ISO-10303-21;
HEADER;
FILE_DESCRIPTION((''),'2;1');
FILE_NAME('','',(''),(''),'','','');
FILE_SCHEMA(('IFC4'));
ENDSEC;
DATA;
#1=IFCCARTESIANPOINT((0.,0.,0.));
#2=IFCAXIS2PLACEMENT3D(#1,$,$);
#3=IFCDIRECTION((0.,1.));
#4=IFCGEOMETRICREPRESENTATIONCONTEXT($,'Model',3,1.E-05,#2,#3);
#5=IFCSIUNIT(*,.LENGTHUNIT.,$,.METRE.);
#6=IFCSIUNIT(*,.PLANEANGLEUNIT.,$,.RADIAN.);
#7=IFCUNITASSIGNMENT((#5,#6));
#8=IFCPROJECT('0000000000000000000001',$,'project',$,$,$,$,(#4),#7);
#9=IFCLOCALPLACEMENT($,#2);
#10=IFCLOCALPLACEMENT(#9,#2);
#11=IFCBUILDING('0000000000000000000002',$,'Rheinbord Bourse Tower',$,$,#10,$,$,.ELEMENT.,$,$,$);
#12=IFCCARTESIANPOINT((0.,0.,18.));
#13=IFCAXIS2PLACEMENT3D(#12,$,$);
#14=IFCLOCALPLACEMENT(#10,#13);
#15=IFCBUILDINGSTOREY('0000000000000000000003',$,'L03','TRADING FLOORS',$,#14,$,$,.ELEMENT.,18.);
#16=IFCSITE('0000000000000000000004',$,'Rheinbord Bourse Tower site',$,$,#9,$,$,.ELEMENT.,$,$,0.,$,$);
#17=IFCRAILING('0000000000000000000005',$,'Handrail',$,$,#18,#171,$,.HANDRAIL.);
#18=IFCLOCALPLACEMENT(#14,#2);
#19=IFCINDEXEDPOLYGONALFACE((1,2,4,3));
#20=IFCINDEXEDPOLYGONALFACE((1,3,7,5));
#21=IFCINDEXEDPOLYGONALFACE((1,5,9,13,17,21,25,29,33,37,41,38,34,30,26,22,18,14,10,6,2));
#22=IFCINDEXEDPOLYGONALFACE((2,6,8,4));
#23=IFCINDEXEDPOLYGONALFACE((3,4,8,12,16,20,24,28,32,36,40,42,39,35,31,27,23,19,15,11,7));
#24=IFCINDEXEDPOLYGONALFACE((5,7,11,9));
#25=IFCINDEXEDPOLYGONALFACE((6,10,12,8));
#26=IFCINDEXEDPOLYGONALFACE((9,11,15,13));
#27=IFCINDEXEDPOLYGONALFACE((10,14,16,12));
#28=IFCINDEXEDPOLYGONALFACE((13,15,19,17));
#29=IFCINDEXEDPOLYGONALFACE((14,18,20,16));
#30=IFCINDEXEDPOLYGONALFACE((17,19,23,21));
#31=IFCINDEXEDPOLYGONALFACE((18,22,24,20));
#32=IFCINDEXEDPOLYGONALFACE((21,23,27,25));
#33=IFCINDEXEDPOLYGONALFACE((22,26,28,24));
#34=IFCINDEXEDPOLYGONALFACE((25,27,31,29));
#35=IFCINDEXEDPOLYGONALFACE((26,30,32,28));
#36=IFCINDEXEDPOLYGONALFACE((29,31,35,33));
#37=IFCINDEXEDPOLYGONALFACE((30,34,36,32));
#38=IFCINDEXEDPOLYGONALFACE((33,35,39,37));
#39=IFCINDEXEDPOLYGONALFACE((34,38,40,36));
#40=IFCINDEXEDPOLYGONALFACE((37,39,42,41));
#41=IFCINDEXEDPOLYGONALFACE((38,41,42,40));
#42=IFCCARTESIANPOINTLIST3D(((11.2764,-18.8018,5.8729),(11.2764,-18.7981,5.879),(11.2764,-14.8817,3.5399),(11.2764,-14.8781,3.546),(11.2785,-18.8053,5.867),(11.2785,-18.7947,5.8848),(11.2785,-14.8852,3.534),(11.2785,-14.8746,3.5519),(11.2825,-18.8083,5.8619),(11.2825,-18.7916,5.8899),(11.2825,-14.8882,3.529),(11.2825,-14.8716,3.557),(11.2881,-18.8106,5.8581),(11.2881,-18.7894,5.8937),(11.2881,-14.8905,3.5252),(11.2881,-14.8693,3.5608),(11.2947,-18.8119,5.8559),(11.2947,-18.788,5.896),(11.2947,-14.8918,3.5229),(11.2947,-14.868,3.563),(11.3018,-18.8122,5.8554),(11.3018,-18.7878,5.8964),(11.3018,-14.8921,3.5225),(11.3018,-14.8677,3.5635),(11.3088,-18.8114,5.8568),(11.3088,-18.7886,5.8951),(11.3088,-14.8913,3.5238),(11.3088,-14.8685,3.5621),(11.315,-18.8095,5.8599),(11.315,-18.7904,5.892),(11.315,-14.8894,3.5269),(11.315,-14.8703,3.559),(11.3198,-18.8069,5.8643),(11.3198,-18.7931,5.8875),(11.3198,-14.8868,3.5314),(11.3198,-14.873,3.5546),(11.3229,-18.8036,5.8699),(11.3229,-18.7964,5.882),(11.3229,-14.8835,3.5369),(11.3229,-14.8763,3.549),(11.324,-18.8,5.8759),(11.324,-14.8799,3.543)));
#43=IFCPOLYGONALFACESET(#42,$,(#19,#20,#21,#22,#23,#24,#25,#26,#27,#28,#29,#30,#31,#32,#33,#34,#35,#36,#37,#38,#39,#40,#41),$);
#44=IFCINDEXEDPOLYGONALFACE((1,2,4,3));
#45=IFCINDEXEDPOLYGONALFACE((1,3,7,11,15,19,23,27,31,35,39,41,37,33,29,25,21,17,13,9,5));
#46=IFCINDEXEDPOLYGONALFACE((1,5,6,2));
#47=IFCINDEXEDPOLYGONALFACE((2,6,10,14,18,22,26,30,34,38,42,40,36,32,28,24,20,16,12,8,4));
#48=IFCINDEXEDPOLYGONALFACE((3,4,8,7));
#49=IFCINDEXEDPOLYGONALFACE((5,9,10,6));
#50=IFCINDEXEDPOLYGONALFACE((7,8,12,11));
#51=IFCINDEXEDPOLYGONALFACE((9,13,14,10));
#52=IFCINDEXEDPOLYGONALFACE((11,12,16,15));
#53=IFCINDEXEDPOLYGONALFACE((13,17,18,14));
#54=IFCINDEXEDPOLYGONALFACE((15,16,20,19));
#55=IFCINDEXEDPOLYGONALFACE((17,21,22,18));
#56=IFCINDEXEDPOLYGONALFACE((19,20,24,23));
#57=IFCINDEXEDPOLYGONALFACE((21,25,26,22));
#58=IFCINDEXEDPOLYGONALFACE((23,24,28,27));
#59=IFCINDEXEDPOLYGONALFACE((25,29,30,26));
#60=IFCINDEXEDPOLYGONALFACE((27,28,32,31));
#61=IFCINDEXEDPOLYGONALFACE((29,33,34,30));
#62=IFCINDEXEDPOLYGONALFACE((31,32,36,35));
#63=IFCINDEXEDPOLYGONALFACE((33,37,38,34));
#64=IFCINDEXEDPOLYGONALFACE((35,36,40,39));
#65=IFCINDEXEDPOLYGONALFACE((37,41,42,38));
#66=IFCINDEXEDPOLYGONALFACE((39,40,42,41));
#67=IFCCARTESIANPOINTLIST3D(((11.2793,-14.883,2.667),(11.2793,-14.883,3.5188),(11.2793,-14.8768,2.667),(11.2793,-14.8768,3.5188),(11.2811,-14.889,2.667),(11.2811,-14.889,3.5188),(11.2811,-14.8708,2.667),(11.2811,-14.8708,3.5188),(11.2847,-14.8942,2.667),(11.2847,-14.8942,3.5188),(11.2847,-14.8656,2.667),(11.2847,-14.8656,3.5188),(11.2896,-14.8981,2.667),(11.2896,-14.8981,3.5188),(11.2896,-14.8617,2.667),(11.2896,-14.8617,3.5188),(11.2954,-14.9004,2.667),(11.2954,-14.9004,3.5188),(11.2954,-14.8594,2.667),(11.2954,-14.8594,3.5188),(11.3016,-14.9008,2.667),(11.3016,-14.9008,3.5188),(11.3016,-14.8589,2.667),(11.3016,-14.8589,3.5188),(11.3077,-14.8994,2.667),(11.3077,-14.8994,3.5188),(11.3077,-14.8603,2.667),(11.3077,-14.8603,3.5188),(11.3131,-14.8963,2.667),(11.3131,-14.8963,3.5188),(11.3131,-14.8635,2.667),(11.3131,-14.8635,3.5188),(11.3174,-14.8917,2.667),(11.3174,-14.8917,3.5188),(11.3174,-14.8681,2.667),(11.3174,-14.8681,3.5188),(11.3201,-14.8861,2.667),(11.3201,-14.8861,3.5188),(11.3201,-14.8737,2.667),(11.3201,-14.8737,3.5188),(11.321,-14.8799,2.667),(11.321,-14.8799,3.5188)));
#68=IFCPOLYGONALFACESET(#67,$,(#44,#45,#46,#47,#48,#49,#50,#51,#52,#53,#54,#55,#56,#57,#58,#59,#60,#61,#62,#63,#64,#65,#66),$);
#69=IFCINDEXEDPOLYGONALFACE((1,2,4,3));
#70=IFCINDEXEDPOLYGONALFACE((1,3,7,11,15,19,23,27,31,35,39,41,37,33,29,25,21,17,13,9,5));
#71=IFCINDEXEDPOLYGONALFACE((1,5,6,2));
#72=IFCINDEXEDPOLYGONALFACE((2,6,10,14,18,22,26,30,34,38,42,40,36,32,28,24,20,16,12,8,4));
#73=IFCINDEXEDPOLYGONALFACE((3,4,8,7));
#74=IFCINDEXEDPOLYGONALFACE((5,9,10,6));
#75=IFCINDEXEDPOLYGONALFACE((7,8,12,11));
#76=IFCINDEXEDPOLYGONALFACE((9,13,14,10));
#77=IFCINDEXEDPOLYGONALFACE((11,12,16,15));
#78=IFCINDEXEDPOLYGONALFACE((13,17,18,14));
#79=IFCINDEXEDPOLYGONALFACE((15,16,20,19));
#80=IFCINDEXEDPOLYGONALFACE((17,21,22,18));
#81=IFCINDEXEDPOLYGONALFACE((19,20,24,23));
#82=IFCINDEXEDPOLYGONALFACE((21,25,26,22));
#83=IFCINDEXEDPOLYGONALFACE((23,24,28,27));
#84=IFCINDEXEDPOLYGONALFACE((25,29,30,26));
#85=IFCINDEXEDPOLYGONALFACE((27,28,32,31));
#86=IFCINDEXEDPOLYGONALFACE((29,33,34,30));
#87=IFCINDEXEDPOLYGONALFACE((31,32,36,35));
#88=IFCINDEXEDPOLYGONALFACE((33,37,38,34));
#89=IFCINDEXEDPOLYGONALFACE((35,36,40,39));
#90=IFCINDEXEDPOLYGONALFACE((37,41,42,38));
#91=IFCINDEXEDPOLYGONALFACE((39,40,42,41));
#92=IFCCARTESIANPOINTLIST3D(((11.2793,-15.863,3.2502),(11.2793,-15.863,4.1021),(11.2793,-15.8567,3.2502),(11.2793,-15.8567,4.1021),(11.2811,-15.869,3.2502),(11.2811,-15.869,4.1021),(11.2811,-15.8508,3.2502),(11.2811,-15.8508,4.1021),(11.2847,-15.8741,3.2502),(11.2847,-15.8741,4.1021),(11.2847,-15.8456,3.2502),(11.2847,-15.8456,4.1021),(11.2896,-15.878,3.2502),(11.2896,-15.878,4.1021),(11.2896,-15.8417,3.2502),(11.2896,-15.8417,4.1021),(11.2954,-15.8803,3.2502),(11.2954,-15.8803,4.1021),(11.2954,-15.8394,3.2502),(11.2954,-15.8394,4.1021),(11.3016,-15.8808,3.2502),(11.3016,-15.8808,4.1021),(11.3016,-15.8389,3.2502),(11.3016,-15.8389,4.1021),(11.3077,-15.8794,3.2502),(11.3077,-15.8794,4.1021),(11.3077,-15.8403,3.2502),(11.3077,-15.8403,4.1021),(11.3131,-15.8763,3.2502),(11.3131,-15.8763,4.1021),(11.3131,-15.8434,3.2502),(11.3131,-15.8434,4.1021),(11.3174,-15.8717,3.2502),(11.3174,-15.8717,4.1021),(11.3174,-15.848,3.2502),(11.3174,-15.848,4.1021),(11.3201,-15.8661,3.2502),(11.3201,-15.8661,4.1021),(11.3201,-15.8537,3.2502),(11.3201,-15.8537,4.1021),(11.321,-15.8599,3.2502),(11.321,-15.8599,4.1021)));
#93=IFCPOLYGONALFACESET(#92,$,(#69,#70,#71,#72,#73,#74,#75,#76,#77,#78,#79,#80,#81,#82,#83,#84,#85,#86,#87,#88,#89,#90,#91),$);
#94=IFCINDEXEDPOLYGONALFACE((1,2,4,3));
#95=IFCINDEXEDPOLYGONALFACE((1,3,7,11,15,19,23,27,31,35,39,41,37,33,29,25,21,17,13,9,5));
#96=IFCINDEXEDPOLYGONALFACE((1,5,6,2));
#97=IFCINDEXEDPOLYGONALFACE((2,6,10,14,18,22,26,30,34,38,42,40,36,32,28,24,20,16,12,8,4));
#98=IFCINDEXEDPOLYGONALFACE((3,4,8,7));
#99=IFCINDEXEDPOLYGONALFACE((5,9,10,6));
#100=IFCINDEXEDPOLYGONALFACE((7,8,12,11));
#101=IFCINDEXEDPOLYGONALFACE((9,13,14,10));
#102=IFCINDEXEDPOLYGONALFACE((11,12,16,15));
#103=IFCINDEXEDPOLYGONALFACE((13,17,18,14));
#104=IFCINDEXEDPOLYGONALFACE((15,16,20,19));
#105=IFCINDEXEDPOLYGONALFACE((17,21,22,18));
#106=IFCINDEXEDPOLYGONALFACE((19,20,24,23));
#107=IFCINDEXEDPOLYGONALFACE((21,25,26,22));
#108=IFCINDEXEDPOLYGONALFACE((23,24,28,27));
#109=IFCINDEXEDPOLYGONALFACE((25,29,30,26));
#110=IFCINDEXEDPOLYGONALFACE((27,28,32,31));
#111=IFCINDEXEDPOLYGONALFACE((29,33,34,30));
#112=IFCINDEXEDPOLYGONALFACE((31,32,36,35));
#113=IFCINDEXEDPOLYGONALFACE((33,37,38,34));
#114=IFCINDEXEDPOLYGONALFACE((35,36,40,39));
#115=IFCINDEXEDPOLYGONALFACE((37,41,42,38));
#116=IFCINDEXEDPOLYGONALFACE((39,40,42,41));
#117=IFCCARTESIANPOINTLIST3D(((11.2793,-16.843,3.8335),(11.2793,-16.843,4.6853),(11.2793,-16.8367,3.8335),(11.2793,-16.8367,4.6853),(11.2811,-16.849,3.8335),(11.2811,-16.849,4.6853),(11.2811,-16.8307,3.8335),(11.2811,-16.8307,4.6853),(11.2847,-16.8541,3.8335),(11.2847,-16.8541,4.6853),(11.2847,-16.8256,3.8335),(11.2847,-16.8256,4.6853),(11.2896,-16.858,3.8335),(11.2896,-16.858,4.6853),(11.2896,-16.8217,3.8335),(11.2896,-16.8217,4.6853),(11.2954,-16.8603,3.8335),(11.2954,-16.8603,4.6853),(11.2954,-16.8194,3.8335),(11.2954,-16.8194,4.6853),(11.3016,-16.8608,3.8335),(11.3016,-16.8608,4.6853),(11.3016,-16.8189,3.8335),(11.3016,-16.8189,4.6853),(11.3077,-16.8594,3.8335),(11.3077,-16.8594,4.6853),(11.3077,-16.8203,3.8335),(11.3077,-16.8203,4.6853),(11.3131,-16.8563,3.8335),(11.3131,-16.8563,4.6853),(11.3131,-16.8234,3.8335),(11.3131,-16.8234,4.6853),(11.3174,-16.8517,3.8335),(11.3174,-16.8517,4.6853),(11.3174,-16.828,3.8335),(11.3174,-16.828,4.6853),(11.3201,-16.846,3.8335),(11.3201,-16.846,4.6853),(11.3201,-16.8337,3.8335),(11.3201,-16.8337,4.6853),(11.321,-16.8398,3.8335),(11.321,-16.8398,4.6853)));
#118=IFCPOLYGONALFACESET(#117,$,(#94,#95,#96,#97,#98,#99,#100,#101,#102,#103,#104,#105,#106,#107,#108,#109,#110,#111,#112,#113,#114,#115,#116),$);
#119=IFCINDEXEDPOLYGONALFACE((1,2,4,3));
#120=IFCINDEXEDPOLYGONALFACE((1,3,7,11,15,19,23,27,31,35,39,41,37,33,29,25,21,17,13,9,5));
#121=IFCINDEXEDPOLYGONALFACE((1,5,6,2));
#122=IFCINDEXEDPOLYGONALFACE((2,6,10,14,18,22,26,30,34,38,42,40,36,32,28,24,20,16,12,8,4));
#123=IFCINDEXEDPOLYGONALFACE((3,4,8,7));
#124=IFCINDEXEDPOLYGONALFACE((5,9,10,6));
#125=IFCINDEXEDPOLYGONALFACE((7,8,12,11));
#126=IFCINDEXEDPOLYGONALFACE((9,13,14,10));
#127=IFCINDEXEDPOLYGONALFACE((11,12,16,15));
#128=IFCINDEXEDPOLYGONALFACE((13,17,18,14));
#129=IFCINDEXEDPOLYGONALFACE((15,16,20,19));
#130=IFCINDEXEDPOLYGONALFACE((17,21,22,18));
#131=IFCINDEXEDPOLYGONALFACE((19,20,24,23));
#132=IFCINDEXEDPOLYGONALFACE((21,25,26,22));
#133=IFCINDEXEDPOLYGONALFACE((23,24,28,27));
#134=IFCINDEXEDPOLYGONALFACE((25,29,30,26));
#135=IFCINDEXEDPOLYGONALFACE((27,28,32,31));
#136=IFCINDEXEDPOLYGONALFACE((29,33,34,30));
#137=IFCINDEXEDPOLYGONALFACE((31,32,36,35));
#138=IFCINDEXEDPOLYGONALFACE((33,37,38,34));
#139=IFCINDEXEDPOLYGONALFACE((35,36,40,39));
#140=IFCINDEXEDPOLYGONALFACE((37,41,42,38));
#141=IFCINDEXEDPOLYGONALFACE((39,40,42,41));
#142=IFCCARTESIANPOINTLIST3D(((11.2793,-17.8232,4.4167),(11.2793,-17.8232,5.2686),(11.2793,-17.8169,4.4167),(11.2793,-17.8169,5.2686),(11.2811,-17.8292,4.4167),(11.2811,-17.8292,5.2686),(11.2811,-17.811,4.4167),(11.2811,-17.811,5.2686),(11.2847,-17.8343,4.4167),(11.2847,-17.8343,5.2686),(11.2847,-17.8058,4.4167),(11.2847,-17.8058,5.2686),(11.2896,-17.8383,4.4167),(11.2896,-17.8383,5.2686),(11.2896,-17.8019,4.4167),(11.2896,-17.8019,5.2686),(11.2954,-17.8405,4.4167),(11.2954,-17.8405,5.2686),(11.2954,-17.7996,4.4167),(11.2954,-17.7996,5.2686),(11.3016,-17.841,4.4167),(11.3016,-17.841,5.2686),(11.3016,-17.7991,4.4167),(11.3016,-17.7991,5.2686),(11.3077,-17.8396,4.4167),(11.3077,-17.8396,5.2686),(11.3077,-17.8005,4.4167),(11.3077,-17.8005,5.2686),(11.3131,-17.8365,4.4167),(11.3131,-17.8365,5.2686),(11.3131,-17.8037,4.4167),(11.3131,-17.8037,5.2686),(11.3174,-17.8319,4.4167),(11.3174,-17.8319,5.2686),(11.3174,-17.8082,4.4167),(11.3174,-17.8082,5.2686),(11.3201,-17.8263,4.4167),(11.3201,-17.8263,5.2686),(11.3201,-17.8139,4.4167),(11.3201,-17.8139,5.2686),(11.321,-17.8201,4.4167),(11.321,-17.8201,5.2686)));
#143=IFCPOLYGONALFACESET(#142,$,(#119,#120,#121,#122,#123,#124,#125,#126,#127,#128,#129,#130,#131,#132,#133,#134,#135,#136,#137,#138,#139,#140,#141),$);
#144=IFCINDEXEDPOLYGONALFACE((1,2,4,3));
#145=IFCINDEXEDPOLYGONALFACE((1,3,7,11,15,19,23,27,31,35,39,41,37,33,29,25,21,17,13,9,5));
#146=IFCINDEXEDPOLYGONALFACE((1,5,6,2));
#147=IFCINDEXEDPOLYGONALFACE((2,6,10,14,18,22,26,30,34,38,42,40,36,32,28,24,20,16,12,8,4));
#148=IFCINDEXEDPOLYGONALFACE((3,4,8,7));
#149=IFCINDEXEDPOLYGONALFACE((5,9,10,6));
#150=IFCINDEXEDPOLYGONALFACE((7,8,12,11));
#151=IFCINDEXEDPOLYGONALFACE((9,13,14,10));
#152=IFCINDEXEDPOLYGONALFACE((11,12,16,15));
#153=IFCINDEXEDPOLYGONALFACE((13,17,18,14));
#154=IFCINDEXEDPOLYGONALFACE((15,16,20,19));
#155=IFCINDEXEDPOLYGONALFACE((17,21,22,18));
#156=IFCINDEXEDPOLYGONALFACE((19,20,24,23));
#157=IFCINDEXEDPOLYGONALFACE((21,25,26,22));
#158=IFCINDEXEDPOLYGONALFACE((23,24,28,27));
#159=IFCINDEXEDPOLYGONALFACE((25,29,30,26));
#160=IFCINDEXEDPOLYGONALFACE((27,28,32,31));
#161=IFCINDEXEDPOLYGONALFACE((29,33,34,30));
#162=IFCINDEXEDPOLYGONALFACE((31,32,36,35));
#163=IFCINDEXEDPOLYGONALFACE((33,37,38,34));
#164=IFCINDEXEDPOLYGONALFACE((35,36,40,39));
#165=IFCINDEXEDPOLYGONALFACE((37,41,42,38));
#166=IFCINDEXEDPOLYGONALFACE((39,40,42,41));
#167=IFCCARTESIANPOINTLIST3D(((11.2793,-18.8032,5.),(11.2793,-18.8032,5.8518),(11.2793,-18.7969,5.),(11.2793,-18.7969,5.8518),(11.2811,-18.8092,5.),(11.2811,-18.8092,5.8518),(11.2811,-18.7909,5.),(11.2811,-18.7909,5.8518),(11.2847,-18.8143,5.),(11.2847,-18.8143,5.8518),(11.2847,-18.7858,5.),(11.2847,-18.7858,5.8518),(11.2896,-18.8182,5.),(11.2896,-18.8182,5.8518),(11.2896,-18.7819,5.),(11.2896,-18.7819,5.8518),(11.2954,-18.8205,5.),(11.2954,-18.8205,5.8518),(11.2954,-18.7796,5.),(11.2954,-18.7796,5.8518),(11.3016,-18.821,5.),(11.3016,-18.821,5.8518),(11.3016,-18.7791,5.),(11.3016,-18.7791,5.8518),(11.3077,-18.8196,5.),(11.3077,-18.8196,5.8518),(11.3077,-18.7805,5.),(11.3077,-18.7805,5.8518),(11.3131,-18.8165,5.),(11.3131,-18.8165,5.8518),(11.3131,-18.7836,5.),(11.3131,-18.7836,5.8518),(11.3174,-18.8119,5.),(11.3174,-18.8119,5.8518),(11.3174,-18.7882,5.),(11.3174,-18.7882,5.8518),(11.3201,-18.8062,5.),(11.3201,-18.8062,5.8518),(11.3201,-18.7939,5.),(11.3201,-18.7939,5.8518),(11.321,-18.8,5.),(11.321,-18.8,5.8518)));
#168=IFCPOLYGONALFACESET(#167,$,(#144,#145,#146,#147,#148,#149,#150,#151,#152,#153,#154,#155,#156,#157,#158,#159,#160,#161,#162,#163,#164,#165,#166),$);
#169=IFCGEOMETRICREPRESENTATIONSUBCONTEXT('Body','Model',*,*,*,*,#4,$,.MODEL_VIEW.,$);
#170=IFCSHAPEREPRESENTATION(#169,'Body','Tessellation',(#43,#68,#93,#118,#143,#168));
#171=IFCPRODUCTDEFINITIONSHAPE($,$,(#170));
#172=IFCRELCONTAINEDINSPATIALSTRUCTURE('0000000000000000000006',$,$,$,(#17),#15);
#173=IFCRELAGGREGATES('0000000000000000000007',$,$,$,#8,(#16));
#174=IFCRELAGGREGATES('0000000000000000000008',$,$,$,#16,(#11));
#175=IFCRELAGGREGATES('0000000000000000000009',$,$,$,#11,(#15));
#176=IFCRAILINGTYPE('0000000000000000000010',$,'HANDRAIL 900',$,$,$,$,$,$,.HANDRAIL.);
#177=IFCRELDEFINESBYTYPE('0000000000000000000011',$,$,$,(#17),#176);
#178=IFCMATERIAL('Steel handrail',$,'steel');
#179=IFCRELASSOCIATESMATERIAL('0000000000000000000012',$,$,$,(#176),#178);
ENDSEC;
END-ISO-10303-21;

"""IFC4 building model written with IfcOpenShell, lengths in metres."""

from ifc_helpers import new_model, si_unit, direction, frame, origin, origin_2d, place, context, subcontext, project, spatial, circle, extrude, material, type_object, element, save


model = new_model("IFC4")

# Units and contexts
model_context = context("Model", 3, precision=1e-05, world=origin(), true_north=direction((0.0, 1.0)))
body_context = subcontext(model_context, "Body", "Model", "MODEL_VIEW")
ifc_project = project(units=[si_unit("LENGTHUNIT", "METRE"), si_unit("PLANEANGLEUNIT", "RADIAN")], contexts=[model_context])

# Site, building, storey
site_placement = place(None, origin())
site = spatial("IfcSite", under=ifc_project, at=site_placement, Name="Rheinbord Bourse Tower site", CompositionType="ELEMENT", RefElevation=0.0)
building_placement = place(site_placement, origin())
building = spatial("IfcBuilding", under=site, at=building_placement, Name="Rheinbord Bourse Tower", CompositionType="ELEMENT")
storey_placement = place(building_placement, frame((0.0, 0.0, 18.0)))
storey = spatial("IfcBuildingStorey", under=building, at=storey_placement, Name="L03", Description="TRADING FLOORS", CompositionType="ELEMENT", Elevation=18.0)

# Railing
ifc_material_1 = material(Name="Steel handrail", Category="steel")
railing_type_1 = type_object("IfcRailingType", Name="HANDRAIL 900", PredefinedType="HANDRAIL", material=ifc_material_1)
railing_1_placement = place(storey_placement, frame((11.3, -14.8799, 2.667)))
element("IfcRailing", 1, at=railing_1_placement, inside=storey, type_object=railing_type_1, Name="Handrail", PredefinedType="HANDRAIL", context=body_context, shape_type="SweptSolid", body=[
    extrude(circle(Radius=0.0239, at=origin_2d()), frame((0.0, 0.0, 0.876), z_axis=(0.0, -0.859334, 0.511415), x_axis=(1.0, 0.0, 0.0)), (0.0, 0.0, 1.0), 4.5618),
    extrude(circle(Radius=0.021, at=origin_2d()), origin(), (0.0, 0.0, 1.0), 0.8518),
    extrude(circle(Radius=0.021, at=origin_2d()), frame((0.0, -0.98, 0.5833)), (0.0, 0.0, 1.0), 0.8518),
    extrude(circle(Radius=0.021, at=origin_2d()), frame((0.0, -1.96, 1.1665)), (0.0, 0.0, 1.0), 0.8518),
    extrude(circle(Radius=0.021, at=origin_2d()), frame((0.0, -2.9402, 1.7498)), (0.0, 0.0, 1.0), 0.8518),
    extrude(circle(Radius=0.021, at=origin_2d()), frame((0.0, -3.9202, 2.333)), (0.0, 0.0, 1.0), 0.8518),
])

save(model, "model.ifc")
